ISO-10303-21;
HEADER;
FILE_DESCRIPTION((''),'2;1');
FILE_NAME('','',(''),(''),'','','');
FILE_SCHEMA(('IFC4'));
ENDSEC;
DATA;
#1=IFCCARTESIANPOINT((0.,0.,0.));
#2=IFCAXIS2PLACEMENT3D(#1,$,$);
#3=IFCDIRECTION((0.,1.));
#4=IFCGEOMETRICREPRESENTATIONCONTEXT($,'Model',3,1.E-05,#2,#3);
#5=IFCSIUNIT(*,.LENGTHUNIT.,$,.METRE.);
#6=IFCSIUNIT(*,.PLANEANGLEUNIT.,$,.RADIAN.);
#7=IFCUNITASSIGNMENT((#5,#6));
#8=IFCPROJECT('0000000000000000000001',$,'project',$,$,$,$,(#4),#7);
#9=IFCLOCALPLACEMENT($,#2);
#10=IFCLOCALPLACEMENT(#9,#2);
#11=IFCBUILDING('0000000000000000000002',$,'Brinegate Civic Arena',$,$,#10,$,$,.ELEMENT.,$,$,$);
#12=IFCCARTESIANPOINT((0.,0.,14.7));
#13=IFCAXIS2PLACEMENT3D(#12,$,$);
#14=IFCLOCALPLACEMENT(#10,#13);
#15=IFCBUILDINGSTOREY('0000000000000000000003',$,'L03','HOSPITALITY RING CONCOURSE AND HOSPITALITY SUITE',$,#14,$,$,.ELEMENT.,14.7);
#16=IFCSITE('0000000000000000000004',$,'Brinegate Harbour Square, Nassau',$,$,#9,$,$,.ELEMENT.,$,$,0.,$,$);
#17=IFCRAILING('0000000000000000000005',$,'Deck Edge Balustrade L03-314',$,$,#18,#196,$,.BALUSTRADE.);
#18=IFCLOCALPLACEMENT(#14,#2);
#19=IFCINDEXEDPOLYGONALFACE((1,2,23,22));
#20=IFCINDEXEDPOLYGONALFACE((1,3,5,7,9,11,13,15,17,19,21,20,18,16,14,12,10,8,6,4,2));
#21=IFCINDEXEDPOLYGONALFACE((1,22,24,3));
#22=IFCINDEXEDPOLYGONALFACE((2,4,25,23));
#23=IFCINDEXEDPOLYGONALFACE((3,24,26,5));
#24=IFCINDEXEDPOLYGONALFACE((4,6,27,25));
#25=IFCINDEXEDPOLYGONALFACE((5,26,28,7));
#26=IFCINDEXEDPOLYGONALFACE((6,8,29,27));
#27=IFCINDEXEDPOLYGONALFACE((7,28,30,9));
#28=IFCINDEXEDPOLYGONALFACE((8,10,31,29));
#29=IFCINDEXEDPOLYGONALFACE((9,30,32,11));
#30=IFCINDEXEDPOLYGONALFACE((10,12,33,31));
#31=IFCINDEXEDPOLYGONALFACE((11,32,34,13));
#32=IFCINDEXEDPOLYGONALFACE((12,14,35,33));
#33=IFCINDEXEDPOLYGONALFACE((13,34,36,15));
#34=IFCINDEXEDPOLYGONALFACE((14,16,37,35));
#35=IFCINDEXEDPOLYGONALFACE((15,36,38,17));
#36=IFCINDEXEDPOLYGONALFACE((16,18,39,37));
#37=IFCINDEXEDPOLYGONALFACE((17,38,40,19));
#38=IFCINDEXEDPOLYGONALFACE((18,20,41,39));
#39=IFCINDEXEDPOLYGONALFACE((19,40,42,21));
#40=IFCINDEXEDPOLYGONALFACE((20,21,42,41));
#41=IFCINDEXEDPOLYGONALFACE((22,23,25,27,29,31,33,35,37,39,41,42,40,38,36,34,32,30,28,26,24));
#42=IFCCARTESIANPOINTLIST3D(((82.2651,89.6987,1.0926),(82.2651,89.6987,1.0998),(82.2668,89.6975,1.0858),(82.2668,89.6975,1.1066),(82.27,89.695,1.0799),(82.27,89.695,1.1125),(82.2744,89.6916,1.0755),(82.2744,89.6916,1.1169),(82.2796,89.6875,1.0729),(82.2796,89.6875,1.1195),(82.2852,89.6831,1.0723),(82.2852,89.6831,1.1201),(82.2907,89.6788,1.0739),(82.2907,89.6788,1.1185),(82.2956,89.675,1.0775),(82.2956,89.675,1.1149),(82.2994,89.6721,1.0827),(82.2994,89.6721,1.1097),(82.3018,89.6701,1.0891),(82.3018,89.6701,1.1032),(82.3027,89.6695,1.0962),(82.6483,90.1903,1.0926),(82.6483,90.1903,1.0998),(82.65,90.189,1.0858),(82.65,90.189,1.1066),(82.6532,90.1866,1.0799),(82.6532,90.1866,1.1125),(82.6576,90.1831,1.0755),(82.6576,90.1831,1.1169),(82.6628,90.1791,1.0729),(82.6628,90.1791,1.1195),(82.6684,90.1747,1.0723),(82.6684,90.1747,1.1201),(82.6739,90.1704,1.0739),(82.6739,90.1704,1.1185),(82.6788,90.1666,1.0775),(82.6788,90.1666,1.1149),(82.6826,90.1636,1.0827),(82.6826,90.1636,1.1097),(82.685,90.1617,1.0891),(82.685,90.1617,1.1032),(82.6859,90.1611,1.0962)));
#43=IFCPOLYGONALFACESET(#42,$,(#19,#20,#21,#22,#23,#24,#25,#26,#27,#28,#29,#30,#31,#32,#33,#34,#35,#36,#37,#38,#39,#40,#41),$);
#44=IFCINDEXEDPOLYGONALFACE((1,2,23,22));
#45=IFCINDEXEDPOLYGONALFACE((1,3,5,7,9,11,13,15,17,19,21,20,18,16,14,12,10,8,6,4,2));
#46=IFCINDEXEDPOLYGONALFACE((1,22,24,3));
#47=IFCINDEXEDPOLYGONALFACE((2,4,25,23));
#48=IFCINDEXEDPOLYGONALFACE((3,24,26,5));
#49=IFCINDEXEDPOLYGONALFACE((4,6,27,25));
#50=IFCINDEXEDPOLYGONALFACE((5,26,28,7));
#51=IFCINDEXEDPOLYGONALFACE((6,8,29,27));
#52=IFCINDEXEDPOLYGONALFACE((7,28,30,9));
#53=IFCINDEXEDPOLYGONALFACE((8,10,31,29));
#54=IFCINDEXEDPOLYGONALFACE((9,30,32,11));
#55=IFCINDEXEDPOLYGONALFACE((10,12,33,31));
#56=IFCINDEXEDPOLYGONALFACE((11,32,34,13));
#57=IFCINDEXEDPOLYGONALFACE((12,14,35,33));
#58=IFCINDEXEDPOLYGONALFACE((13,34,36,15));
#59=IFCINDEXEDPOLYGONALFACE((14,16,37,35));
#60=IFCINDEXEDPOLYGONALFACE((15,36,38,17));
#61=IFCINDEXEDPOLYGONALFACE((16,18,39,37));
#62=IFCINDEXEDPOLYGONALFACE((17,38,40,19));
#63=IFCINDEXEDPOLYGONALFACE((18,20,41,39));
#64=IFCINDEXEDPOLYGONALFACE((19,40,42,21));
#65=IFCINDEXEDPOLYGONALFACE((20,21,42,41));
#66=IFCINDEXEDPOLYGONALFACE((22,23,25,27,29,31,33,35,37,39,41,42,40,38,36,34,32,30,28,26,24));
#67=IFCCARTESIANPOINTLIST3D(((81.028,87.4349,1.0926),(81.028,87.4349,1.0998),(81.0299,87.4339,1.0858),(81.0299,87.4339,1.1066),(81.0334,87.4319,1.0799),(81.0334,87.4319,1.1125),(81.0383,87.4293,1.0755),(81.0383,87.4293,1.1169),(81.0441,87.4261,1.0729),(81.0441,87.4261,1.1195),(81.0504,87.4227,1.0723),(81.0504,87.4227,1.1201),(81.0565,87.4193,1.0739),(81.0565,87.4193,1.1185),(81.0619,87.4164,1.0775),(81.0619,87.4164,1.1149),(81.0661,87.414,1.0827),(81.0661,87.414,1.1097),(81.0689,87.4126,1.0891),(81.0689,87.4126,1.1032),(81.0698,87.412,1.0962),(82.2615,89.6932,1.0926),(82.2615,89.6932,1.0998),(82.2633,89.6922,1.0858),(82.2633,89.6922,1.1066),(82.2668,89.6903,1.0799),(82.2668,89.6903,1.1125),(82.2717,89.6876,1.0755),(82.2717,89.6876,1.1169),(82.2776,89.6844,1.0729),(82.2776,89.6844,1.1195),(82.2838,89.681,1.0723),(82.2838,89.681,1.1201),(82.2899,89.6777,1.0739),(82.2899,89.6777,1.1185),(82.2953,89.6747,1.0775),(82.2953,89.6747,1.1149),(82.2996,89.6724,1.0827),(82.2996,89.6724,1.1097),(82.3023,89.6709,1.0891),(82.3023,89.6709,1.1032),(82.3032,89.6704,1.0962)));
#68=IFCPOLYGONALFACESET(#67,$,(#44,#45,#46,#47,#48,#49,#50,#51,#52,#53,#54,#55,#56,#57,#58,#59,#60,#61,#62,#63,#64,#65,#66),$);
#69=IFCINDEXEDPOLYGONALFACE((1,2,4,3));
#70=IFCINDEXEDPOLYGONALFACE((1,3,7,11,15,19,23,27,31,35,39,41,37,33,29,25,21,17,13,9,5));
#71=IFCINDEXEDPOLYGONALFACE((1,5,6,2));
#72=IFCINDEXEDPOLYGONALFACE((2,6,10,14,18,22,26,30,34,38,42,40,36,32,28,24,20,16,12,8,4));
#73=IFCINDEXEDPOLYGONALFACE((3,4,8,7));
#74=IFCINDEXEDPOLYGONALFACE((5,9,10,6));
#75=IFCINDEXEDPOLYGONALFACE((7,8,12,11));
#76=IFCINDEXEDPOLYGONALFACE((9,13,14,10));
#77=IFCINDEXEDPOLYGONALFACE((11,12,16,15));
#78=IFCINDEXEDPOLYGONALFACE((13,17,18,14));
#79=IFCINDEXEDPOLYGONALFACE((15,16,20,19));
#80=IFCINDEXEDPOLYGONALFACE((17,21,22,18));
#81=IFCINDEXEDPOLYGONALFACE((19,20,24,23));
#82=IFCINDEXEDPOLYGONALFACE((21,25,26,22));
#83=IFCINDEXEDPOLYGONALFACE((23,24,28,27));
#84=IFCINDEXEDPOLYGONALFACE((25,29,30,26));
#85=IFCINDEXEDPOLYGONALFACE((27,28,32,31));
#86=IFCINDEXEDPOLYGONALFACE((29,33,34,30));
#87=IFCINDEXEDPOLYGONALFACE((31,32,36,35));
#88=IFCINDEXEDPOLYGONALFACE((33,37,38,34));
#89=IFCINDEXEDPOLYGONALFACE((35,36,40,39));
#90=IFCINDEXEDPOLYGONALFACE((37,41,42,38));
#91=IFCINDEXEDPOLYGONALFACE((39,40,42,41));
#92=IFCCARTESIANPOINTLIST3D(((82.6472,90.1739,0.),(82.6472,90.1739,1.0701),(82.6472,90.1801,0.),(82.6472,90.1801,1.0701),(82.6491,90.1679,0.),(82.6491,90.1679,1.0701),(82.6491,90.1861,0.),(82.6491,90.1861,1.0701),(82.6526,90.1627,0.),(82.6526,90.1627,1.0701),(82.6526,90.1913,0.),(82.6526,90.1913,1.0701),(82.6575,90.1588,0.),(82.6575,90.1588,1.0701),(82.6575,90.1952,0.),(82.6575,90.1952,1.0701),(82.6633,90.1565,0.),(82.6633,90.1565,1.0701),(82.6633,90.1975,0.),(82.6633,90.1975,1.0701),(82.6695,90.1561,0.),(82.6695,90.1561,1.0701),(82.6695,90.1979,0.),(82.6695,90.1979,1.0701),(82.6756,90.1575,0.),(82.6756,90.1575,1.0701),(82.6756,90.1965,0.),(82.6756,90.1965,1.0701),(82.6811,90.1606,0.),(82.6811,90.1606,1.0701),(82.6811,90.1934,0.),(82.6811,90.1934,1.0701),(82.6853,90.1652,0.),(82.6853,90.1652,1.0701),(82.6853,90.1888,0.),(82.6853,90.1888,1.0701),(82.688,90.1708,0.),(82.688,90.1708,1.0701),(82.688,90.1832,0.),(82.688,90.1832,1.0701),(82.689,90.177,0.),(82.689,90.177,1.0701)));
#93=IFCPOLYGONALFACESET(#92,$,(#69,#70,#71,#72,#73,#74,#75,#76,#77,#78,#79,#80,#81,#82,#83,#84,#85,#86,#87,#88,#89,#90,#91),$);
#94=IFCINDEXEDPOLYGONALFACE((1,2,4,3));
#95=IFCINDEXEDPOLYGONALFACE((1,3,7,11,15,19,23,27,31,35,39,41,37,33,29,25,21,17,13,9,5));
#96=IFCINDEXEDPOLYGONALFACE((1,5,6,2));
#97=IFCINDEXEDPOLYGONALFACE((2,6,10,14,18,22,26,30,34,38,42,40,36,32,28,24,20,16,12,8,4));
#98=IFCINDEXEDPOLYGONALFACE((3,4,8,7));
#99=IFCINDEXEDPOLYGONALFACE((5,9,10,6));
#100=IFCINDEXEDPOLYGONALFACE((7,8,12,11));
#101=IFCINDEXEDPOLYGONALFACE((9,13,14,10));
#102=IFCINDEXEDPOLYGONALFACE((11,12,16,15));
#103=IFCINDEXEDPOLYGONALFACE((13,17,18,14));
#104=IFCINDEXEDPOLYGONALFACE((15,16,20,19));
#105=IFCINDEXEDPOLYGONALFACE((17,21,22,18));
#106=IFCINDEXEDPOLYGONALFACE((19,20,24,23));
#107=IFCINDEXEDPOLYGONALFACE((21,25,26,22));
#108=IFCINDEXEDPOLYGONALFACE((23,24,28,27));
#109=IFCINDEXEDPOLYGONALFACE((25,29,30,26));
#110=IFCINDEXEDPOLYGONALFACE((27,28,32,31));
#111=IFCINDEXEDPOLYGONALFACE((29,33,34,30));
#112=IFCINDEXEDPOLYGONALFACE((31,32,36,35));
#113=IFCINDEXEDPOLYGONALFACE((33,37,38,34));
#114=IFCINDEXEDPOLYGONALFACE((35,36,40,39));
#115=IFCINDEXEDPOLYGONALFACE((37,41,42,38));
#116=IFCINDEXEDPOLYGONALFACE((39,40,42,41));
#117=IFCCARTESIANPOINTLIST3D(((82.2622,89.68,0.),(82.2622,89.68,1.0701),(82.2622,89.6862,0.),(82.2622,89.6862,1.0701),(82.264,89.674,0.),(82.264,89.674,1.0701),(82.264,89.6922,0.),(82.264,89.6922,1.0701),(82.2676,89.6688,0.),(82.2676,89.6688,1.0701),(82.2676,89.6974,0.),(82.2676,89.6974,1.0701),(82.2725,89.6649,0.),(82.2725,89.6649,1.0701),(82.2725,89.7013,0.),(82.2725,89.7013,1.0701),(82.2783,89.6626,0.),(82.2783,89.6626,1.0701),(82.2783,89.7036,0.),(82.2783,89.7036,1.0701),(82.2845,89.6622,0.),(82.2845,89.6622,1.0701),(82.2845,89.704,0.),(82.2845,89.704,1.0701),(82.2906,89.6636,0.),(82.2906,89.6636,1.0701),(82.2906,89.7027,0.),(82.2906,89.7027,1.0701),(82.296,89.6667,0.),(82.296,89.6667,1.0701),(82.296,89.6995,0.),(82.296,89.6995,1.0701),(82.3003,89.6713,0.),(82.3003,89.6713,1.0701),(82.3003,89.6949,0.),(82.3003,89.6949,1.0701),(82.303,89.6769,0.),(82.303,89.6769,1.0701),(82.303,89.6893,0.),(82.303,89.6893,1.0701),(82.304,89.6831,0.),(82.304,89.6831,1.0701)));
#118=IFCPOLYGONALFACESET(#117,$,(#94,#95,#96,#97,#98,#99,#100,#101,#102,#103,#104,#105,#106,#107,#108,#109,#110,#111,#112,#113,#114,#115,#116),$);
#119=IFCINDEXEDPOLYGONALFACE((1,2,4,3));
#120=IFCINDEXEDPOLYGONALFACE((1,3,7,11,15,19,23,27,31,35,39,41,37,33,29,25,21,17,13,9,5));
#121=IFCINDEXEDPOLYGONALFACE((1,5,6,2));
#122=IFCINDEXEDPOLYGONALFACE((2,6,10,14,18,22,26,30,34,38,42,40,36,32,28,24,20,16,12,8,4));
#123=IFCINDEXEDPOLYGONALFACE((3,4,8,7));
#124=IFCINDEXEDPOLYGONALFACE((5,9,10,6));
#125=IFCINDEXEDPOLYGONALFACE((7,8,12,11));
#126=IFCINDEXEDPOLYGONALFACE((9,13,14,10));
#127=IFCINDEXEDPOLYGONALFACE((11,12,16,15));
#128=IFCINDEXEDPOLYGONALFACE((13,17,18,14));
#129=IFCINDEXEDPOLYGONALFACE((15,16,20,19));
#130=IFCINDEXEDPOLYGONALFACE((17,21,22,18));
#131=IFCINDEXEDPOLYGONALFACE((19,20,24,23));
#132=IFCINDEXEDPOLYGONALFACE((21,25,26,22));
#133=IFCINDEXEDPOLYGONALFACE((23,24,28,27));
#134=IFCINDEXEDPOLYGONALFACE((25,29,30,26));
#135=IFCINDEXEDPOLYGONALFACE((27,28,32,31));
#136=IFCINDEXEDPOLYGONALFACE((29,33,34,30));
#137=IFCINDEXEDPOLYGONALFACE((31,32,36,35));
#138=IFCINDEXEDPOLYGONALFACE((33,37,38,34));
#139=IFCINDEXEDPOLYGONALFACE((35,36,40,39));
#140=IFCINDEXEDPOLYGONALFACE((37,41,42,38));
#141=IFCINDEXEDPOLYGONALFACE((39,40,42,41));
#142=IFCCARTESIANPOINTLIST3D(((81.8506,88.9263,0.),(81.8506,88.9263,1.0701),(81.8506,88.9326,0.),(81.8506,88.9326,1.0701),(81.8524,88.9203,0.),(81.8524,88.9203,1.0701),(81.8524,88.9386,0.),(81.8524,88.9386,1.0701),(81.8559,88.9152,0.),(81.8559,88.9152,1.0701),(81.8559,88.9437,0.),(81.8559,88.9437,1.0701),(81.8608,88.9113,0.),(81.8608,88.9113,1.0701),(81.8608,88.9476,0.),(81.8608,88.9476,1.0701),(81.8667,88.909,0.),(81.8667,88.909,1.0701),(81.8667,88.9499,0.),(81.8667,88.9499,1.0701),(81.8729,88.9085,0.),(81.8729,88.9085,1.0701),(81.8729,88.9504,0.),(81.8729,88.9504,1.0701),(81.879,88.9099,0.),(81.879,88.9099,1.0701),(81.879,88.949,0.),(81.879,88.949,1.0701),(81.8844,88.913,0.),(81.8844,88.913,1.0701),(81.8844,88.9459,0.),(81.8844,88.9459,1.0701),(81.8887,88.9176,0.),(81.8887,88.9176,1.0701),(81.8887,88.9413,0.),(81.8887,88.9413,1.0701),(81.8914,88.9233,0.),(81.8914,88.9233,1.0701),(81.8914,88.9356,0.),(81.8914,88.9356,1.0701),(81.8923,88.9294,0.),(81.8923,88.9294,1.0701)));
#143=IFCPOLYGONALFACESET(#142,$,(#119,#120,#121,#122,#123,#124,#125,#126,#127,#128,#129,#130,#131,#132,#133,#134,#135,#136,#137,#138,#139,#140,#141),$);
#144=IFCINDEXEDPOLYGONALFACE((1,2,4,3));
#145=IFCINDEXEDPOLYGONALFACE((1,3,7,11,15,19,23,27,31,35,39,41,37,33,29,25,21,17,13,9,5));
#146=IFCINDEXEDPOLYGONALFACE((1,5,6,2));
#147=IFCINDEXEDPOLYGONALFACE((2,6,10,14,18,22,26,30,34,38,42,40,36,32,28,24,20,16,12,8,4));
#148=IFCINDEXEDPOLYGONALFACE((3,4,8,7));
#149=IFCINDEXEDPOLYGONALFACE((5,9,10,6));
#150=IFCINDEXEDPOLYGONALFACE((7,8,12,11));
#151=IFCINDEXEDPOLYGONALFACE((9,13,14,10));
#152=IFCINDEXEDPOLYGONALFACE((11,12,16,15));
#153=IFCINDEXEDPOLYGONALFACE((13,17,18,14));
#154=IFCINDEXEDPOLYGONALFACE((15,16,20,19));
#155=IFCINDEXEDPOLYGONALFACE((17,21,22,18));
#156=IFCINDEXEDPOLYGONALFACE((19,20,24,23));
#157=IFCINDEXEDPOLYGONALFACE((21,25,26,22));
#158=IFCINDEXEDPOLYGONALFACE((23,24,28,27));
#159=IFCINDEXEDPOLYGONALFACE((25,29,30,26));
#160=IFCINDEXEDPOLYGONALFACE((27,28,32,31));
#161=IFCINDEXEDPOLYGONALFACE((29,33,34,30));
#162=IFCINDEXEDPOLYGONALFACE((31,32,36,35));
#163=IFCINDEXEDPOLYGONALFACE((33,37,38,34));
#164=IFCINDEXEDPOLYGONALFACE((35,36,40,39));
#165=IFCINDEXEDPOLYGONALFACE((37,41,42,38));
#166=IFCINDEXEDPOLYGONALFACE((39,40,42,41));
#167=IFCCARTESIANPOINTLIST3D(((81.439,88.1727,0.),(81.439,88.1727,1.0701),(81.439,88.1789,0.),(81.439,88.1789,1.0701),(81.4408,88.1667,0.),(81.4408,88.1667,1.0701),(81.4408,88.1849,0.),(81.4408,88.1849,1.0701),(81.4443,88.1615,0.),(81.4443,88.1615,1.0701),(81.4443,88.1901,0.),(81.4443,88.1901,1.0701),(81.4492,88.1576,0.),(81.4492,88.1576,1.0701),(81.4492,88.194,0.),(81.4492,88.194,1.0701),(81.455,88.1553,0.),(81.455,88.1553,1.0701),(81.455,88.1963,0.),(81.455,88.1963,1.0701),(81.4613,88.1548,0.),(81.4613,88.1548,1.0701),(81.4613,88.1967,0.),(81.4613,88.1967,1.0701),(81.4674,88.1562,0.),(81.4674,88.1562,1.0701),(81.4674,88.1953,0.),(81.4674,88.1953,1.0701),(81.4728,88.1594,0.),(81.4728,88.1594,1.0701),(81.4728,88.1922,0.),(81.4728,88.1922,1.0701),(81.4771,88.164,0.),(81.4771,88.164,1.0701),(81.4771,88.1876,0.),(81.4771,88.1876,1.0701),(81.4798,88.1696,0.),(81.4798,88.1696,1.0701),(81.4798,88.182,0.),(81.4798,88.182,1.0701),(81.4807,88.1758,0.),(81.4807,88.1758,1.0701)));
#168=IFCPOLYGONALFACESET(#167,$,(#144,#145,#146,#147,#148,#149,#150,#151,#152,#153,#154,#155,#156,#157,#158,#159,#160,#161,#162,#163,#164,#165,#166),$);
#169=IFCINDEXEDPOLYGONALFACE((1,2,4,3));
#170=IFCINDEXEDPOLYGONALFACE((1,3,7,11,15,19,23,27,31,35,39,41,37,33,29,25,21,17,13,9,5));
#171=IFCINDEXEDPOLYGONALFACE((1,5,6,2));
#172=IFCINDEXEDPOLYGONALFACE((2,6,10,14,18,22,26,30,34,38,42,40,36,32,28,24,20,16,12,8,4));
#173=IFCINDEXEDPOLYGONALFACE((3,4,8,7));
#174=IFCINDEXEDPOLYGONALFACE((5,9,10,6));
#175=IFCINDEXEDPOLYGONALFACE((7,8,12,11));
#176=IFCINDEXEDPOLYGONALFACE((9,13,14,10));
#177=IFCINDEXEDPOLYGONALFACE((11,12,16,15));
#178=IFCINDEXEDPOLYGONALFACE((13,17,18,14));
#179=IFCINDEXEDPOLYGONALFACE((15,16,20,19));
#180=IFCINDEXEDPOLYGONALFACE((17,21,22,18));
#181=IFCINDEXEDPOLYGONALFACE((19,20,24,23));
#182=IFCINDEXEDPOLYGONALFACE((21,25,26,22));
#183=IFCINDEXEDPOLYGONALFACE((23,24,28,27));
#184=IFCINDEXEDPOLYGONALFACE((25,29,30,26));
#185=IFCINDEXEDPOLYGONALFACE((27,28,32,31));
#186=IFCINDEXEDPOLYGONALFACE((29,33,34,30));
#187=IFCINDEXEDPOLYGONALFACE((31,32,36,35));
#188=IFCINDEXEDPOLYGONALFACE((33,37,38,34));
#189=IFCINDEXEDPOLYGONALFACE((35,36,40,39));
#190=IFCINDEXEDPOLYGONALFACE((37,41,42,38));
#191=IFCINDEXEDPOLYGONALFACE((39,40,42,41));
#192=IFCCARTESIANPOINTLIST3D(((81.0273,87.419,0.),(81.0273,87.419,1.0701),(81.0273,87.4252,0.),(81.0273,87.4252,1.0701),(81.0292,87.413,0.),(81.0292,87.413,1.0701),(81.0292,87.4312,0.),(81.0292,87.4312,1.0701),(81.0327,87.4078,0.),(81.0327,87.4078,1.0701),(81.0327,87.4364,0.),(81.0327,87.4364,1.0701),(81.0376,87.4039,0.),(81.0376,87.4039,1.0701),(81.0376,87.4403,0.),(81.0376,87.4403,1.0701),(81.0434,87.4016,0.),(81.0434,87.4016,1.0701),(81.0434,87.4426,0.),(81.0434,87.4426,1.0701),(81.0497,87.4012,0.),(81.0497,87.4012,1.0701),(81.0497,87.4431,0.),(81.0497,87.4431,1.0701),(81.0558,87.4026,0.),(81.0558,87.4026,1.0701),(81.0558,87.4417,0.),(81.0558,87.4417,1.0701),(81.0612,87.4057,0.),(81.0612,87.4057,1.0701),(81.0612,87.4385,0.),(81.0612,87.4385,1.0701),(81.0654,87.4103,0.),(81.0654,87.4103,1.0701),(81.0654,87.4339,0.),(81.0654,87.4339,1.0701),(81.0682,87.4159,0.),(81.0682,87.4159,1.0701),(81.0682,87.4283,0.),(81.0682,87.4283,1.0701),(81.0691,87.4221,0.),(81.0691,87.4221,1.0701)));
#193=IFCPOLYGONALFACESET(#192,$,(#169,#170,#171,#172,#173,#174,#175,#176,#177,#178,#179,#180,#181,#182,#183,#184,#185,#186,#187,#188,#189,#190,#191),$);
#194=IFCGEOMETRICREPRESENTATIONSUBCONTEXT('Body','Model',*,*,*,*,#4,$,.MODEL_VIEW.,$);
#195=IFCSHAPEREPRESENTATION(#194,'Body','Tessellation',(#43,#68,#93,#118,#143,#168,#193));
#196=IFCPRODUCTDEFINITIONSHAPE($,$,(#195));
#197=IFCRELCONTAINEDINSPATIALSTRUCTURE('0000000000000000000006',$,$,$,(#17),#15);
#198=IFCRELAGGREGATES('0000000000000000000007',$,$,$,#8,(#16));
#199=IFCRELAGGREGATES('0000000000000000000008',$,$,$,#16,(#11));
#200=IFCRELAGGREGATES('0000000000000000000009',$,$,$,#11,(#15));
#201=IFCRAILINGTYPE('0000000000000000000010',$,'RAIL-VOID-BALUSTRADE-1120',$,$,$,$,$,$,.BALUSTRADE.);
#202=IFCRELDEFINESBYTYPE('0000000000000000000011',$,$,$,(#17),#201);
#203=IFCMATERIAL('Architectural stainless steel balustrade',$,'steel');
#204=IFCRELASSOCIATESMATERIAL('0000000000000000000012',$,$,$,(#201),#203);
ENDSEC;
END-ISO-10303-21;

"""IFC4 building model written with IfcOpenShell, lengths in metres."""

from ifc_helpers import new_model, si_unit, direction, frame, origin, origin_2d, place, context, subcontext, project, spatial, circle, extrude, material, type_object, element, save


model = new_model("IFC4")

# Units and contexts
model_context = context("Model", 3, precision=1e-05, world=origin(), true_north=direction((0.0, 1.0)))
body_context = subcontext(model_context, "Body", "Model", "MODEL_VIEW")
ifc_project = project(units=[si_unit("LENGTHUNIT", "METRE"), si_unit("PLANEANGLEUNIT", "RADIAN")], contexts=[model_context])

# Site, building, storey
site_placement = place(None, origin())
site = spatial("IfcSite", under=ifc_project, at=site_placement, Name="Brinegate Harbour Square, Nassau", CompositionType="ELEMENT", RefElevation=0.0)
building_placement = place(site_placement, origin())
building = spatial("IfcBuilding", under=site, at=building_placement, Name="Brinegate Civic Arena", CompositionType="ELEMENT")
storey_placement = place(building_placement, frame((0.0, 0.0, 14.7)))
storey = spatial("IfcBuildingStorey", under=building, at=storey_placement, Name="L03", Description="HOSPITALITY RING CONCOURSE AND HOSPITALITY SUITE", CompositionType="ELEMENT", Elevation=14.7)

# Railing
ifc_material_1 = material(Name="Architectural stainless steel balustrade", Category="steel")
railing_type = type_object("IfcRailingType", Name="RAIL-VOID-BALUSTRADE-1120", PredefinedType="BALUSTRADE", material=ifc_material_1)
railing_1_placement = place(storey_placement, frame((82.668, 90.177, 0.0)))
element("IfcRailing", 1, at=railing_1_placement, inside=storey, type_object=railing_type, Name="Deck Edge Balustrade L03-314", PredefinedType="BALUSTRADE", context=body_context, shape_type="SweptSolid", body=[
    extrude(circle(Radius=0.0239, at=origin_2d()), frame((-0.001, -0.0012, 1.0962), z_axis=(-0.614804, -0.78868, 0.0), x_axis=(0.78868, -0.614804, 0.0)), (0.0, 0.0, 1.0), 0.6233),
    extrude(circle(Radius=0.0239, at=origin_2d()), frame((-0.3857, -0.4951, 1.0962), z_axis=(-0.47933, -0.877635, 0.0), x_axis=(0.877635, -0.47933, 0.0)), (0.0, 0.0, 1.0), 2.5732),
    extrude(circle(Radius=0.021, at=origin_2d()), origin(), (0.0, 0.0, 1.0), 1.0701),
    extrude(circle(Radius=0.021, at=origin_2d()), frame((-0.385, -0.4939, 0.0)), (0.0, 0.0, 1.0), 1.0701),
    extrude(circle(Radius=0.021, at=origin_2d()), frame((-0.7966, -1.2476, 0.0)), (0.0, 0.0, 1.0), 1.0701),
    extrude(circle(Radius=0.021, at=origin_2d()), frame((-1.2083, -2.0012, 0.0)), (0.0, 0.0, 1.0), 1.0701),
    extrude(circle(Radius=0.021, at=origin_2d()), frame((-1.6199, -2.7549, 0.0)), (0.0, 0.0, 1.0), 1.0701),
])

save(model, "model.ifc")
